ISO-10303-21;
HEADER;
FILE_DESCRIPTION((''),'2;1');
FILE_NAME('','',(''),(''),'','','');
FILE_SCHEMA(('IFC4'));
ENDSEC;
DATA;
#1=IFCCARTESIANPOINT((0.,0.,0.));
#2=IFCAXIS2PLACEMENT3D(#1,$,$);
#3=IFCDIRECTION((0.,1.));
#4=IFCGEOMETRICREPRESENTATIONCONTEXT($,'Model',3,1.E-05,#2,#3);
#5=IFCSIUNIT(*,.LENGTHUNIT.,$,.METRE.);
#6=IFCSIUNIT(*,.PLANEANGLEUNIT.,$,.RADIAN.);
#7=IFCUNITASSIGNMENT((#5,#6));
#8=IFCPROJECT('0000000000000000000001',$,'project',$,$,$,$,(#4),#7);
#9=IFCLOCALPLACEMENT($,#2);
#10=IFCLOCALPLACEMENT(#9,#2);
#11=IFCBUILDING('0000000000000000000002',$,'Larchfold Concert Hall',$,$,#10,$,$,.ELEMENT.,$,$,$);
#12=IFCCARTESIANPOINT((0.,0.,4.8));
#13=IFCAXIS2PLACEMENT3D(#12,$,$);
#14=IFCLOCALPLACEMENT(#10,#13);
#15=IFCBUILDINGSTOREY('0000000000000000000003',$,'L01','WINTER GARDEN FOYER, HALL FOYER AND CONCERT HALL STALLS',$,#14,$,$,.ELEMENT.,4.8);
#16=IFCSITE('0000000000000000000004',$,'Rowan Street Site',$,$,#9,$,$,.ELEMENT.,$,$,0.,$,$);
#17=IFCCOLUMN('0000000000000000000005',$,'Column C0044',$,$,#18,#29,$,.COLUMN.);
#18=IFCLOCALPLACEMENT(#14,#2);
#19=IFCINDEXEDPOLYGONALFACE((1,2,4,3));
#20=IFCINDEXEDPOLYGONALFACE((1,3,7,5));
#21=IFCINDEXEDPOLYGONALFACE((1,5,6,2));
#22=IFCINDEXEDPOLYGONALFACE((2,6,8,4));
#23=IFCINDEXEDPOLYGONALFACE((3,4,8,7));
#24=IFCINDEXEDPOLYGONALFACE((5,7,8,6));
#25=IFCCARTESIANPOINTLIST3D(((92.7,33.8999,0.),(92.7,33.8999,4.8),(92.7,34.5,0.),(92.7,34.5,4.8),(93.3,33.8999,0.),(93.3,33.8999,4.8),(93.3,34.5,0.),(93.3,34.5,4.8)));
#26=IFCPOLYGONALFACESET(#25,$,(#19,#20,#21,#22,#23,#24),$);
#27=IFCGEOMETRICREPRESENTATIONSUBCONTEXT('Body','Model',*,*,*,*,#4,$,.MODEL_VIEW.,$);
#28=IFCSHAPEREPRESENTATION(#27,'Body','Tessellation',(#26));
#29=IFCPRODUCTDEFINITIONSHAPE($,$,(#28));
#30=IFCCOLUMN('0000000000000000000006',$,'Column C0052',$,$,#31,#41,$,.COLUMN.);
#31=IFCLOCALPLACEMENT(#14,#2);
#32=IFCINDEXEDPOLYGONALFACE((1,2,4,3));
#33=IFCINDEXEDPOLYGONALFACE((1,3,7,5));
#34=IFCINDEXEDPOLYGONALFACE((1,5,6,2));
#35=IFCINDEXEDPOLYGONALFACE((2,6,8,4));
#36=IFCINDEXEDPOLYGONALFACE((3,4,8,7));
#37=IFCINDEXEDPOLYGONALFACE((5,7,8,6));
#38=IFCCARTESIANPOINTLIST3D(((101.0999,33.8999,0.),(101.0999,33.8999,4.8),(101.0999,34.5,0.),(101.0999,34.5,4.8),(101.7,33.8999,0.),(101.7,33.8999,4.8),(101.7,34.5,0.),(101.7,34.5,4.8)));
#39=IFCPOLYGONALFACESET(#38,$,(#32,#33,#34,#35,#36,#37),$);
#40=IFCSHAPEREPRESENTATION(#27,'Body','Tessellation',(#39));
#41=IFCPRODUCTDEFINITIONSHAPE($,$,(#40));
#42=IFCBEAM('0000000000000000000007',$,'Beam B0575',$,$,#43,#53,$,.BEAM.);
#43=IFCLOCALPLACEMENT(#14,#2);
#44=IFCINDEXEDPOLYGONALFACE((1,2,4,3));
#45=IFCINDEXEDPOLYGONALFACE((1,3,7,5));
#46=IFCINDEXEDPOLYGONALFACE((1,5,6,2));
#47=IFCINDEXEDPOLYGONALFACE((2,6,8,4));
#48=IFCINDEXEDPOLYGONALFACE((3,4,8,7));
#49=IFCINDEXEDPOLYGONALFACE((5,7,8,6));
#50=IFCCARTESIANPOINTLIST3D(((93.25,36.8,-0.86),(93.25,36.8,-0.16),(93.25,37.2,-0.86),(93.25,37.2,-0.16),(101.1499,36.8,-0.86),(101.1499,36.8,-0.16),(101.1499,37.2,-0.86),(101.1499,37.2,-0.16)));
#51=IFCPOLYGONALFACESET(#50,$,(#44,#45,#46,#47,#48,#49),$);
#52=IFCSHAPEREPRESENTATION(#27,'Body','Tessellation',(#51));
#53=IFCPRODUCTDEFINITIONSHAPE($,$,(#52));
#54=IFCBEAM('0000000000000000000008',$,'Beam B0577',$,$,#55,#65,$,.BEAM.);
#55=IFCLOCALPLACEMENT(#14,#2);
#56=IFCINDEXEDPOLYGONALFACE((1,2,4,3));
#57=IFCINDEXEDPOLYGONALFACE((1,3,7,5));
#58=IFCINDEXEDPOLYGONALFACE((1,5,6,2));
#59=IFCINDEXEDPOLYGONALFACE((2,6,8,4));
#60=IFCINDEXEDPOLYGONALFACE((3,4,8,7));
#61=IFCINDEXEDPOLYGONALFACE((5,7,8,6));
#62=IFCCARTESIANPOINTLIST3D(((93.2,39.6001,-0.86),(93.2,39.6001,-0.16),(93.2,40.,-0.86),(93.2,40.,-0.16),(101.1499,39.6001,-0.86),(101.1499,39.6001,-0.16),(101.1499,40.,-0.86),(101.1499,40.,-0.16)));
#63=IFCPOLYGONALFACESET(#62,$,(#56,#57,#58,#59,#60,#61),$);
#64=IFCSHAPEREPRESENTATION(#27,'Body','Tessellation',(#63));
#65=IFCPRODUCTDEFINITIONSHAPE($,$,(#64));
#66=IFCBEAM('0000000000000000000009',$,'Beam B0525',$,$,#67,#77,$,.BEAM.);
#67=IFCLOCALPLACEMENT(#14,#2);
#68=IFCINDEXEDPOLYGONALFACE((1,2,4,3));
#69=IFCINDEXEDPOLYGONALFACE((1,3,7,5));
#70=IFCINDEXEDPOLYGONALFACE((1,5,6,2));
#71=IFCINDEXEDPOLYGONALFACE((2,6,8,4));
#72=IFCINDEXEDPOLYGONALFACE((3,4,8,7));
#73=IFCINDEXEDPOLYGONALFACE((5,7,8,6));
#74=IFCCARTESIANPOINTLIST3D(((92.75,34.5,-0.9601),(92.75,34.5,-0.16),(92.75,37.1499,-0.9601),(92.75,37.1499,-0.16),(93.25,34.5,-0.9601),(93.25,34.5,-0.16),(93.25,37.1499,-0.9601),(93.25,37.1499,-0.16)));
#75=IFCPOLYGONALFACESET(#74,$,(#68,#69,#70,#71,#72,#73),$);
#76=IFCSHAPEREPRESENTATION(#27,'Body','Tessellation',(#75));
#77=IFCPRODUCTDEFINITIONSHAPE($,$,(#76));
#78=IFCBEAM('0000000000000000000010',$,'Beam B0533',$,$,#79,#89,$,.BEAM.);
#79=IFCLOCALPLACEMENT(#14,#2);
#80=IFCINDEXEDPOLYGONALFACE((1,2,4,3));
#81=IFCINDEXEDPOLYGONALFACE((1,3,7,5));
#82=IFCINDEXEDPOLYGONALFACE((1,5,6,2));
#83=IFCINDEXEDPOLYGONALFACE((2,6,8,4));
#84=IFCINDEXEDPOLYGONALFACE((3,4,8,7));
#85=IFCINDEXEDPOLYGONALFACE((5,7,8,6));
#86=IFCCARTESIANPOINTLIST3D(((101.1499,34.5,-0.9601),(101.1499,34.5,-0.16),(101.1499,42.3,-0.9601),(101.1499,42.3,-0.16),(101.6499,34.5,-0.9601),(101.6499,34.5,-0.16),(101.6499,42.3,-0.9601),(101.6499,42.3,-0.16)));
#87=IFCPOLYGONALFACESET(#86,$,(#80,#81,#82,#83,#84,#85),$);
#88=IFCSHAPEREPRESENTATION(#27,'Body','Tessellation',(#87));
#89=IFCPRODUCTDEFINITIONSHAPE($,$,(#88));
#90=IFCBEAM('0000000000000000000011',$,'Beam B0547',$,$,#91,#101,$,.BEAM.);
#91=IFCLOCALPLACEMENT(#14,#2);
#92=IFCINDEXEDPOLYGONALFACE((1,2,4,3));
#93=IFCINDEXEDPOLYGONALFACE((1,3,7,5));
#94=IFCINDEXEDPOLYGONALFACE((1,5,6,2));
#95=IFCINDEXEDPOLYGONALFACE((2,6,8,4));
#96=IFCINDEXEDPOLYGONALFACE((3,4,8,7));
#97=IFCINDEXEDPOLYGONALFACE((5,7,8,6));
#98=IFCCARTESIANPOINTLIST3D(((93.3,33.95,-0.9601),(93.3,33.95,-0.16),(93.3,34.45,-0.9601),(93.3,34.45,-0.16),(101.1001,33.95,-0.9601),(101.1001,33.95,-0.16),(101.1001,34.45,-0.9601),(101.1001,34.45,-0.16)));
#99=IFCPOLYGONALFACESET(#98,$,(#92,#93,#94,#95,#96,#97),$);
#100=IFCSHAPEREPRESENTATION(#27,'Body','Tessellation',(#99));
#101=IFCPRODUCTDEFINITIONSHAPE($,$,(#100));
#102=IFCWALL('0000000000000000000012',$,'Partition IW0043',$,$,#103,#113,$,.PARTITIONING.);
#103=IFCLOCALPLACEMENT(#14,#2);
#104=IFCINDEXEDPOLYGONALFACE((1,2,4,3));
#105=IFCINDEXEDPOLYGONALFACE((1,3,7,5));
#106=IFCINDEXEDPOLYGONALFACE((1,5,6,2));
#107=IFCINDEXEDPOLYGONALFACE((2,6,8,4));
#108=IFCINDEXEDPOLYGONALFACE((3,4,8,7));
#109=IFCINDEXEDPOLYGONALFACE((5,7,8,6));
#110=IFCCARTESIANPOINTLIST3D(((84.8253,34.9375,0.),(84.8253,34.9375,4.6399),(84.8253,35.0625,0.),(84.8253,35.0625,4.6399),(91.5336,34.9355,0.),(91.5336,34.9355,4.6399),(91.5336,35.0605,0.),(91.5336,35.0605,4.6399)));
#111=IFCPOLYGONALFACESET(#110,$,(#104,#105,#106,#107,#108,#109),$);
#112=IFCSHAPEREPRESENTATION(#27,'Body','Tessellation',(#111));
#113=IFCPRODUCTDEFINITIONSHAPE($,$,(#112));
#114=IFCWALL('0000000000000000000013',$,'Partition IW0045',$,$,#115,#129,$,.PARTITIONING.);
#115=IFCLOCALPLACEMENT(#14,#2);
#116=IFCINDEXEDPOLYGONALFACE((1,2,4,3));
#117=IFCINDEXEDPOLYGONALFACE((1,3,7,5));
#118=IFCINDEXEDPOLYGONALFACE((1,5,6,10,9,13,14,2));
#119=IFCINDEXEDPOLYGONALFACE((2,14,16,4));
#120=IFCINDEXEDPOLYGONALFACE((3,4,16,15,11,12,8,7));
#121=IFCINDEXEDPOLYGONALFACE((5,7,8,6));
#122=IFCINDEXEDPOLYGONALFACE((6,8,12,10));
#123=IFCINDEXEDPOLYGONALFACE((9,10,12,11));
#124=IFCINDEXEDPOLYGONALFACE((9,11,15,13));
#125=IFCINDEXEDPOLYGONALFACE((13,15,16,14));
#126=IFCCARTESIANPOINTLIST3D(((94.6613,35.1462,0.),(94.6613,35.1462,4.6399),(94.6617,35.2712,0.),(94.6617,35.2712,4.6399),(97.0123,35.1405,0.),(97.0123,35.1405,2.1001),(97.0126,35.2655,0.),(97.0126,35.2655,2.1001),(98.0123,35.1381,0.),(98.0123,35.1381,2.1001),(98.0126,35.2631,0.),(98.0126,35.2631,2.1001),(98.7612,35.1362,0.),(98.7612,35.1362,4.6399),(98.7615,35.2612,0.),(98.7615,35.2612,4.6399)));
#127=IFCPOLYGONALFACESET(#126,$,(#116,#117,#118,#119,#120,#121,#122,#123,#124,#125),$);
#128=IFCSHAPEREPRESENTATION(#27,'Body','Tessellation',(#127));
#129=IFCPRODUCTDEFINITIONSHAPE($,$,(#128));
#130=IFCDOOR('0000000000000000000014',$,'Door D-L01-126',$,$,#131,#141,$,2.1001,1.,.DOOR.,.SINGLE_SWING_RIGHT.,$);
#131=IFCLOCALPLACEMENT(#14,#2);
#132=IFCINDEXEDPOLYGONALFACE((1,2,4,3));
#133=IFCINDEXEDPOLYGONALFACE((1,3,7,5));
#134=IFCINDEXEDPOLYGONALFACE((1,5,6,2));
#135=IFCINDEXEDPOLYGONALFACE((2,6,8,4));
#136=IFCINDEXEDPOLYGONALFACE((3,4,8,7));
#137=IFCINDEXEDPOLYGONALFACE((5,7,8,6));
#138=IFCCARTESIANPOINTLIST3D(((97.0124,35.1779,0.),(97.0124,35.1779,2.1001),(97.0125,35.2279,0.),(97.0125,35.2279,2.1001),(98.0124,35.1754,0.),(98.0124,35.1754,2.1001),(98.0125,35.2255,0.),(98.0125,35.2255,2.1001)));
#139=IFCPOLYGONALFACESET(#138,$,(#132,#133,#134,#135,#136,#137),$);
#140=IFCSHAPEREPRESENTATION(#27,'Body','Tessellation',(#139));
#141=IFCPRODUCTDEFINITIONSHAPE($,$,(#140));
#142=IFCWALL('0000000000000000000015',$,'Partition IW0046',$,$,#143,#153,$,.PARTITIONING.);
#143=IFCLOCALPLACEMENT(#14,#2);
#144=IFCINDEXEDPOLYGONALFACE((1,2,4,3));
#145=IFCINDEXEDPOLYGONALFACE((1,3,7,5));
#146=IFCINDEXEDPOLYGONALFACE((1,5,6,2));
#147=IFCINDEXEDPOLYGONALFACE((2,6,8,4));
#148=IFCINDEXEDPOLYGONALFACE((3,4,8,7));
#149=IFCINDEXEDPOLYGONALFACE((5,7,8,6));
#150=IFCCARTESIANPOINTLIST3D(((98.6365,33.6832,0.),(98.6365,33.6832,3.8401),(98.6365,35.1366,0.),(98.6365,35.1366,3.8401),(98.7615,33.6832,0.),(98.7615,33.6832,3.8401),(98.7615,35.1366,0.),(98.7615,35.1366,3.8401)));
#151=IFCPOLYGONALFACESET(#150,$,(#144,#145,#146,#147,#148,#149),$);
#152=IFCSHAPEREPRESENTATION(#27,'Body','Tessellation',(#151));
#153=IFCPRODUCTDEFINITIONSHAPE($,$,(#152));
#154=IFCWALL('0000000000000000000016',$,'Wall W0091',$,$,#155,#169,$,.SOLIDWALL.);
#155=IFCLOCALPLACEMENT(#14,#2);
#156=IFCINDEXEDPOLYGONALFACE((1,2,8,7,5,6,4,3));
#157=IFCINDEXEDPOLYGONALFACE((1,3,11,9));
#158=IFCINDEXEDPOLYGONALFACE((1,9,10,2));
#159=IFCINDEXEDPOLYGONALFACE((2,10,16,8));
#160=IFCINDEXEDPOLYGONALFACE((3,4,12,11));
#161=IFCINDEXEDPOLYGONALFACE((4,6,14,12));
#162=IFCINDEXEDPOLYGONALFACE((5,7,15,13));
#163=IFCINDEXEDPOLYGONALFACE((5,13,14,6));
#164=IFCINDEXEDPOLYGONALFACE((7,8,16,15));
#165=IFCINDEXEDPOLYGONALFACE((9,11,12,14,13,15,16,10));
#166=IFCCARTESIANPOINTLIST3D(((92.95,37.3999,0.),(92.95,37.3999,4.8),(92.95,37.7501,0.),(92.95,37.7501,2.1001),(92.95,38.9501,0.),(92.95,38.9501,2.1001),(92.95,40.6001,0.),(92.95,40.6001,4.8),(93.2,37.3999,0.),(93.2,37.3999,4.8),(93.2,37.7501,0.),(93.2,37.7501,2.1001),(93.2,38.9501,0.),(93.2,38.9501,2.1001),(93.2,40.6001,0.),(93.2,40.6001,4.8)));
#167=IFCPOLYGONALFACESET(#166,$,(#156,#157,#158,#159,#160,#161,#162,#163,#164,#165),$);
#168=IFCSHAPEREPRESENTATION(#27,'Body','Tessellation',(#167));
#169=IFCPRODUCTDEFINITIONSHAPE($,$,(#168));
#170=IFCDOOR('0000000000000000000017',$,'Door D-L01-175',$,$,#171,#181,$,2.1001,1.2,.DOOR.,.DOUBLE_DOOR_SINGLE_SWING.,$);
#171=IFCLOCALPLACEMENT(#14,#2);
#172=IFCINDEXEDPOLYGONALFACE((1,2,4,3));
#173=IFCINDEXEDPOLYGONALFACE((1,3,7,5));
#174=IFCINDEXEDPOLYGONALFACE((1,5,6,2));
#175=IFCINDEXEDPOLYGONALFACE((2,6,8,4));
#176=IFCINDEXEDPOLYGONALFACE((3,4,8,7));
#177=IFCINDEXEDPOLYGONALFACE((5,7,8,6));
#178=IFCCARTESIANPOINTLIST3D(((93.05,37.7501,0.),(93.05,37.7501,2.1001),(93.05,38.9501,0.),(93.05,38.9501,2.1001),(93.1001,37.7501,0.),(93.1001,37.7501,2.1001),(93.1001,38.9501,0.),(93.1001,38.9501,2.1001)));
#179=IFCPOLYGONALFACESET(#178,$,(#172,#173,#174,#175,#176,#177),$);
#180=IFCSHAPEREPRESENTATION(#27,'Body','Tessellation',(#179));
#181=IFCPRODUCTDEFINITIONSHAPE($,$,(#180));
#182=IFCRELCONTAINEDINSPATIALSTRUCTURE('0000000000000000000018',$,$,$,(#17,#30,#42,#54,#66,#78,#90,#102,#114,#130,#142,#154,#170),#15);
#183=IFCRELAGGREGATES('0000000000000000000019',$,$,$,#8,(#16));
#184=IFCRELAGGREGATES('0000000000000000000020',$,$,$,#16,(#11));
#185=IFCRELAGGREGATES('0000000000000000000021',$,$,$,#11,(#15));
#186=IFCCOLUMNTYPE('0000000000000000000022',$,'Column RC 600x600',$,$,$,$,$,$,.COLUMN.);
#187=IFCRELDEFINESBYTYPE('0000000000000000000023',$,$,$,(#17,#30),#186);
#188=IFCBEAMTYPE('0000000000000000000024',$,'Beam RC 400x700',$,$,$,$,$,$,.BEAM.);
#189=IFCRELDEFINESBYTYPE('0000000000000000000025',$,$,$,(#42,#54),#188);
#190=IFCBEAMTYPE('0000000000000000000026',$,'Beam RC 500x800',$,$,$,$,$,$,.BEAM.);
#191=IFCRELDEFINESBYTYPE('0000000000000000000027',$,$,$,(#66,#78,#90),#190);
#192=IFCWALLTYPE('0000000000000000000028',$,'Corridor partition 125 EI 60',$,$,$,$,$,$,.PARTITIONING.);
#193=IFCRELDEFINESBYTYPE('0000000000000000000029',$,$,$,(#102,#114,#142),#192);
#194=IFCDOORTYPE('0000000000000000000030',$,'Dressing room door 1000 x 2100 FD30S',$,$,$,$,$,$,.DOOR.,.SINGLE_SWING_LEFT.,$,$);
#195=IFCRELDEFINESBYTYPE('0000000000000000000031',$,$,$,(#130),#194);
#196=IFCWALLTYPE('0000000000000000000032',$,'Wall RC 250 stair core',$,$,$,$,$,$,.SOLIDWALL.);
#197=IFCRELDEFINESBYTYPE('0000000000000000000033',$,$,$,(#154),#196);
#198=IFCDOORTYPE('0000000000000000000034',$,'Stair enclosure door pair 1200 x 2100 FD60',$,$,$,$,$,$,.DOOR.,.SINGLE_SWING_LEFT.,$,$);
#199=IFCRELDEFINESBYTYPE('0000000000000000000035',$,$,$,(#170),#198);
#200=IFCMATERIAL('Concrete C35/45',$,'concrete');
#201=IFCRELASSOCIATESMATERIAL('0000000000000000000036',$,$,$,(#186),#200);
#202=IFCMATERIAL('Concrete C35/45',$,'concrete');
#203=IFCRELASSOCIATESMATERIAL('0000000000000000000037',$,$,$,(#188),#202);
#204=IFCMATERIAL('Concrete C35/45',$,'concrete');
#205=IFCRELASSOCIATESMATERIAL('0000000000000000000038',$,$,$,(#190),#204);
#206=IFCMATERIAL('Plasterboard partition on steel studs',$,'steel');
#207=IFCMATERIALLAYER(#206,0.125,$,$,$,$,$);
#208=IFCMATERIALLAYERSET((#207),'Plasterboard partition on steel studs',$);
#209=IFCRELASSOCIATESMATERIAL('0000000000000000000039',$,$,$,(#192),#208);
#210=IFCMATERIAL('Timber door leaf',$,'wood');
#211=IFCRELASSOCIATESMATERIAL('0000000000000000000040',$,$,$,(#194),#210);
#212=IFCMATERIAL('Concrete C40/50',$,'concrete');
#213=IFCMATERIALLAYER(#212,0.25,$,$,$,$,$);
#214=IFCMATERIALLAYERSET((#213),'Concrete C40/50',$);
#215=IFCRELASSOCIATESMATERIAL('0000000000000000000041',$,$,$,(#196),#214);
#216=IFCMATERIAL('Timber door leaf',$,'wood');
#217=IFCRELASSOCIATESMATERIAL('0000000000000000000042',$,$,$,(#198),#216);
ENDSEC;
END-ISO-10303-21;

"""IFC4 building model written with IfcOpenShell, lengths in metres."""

from ifc_helpers import new_model, si_unit, direction, frame, frame_2d, origin, origin_2d, place, context, subcontext, project, spatial, rectangle, extrude, material, layer, layer_set, material_profile, profile_set, type_object, element, fill, save


model = new_model("IFC4")

# Units and contexts
model_context = context("Model", 3, precision=1e-05, world=origin(), true_north=direction((0.0, 1.0)))
body_context = subcontext(model_context, "Body", "Model", "MODEL_VIEW")
ifc_project = project(units=[si_unit("LENGTHUNIT", "METRE"), si_unit("PLANEANGLEUNIT", "RADIAN")], contexts=[model_context])

# Site, building, storey
site_placement = place(None, origin())
site = spatial("IfcSite", under=ifc_project, at=site_placement, Name="Rowan Street Site", CompositionType="ELEMENT", RefElevation=0.0)
building_placement = place(site_placement, origin())
building = spatial("IfcBuilding", under=site, at=building_placement, Name="Larchfold Concert Hall", CompositionType="ELEMENT")
storey_placement = place(building_placement, frame((0.0, 0.0, 4.8)))
storey = spatial("IfcBuildingStorey", under=building, at=storey_placement, Name="L01", Description="WINTER GARDEN FOYER, HALL FOYER AND CONCERT HALL STALLS", CompositionType="ELEMENT", Elevation=4.8)

# Columns
ifc_material_1 = material(Name="Concrete C35/45", Category="concrete")
ifc_material_profile_1 = material_profile(ifc_material_1, rectangle(XDim=0.6001, YDim=0.6001, at=origin_2d()))
ifc_profile_set_1 = profile_set([ifc_material_profile_1], Name="Concrete C35/45")
column_type = type_object("IfcColumnType", Name="Column RC 600x600", PredefinedType="COLUMN", material=ifc_profile_set_1)
for number, where, z_axis, x_axis, name in (
    (1, (93.0, 34.2, 0.0), (0.0, 0.0, 1.0), (1.0, 0.0, 0.0), "Column C0044"),
    (2, (101.3999, 34.2, 0.0), (0.0, 0.0, 1.0), (1.0, 0.0, 0.0), "Column C0052"),
):
    element("IfcColumn", number, at=place(storey_placement, frame(where, z_axis=z_axis, x_axis=x_axis)), inside=storey, type_object=column_type, Name=name, PredefinedType="COLUMN", context=body_context, shape_type="SweptSolid", body=[
        extrude(rectangle(XDim=0.6001, YDim=0.6001, at=origin_2d()), origin(), (0.0, 0.0, 1.0), 4.8),
    ])

# Beams
ifc_material_2 = material(Name="Concrete C35/45", Category="concrete")
ifc_material_profile_2 = material_profile(ifc_material_2, rectangle(XDim=0.3999, YDim=0.7, at=origin_2d()))
ifc_profile_set_2 = profile_set([ifc_material_profile_2], Name="Concrete C35/45")
beam_type_1 = type_object("IfcBeamType", Name="Beam RC 400x700", PredefinedType="BEAM", material=ifc_profile_set_2)
beam_1_placement = place(storey_placement, frame((93.25, 37.0, -0.51), z_axis=(1.0, 0.0, 0.0), x_axis=(0.0, 1.0, 0.0)))
element("IfcBeam", 3, at=beam_1_placement, inside=storey, type_object=beam_type_1, Name="Beam B0575", PredefinedType="BEAM", context=body_context, shape_type="SweptSolid", body=[
    extrude(rectangle(XDim=0.3999, YDim=0.7, at=origin_2d()), origin(), (0.0, 0.0, 1.0), 7.8999),
])
beam_2_placement = place(storey_placement, frame((93.2, 39.8, -0.51), z_axis=(1.0, 0.0, 0.0), x_axis=(0.0, 1.0, 0.0)))
element("IfcBeam", 4, at=beam_2_placement, inside=storey, type_object=beam_type_1, Name="Beam B0577", PredefinedType="BEAM", context=body_context, shape_type="SweptSolid", body=[
    extrude(rectangle(XDim=0.3999, YDim=0.7, at=origin_2d()), origin(), (0.0, 0.0, 1.0), 7.95),
])
ifc_material_3 = material(Name="Concrete C35/45", Category="concrete")
ifc_material_profile_3 = material_profile(ifc_material_3, rectangle(XDim=0.5, YDim=0.8, at=origin_2d()))
ifc_profile_set_3 = profile_set([ifc_material_profile_3], Name="Concrete C35/45")
beam_type_2 = type_object("IfcBeamType", Name="Beam RC 500x800", PredefinedType="BEAM", material=ifc_profile_set_3)
beam_3_placement = place(storey_placement, frame((93.0, 34.5, -0.5601), z_axis=(0.0, 1.0, 0.0), x_axis=(-1.0, 0.0, 0.0)))
element("IfcBeam", 5, at=beam_3_placement, inside=storey, type_object=beam_type_2, Name="Beam B0525", PredefinedType="BEAM", context=body_context, shape_type="SweptSolid", body=[
    extrude(rectangle(XDim=0.5, YDim=0.8, at=origin_2d()), origin(), (0.0, 0.0, 1.0), 2.6499),
])
for number, where, z_axis, x_axis, name in (
    (6, (101.3999, 34.5, -0.5601), (0.0, 1.0, 0.0), (-1.0, 0.0, 0.0), "Beam B0533"),
    (7, (93.3, 34.2, -0.5601), (1.0, 0.0, 0.0), (0.0, 1.0, 0.0), "Beam B0547"),
):
    element("IfcBeam", number, at=place(storey_placement, frame(where, z_axis=z_axis, x_axis=x_axis)), inside=storey, type_object=beam_type_2, Name=name, PredefinedType="BEAM", context=body_context, shape_type="SweptSolid", body=[
        extrude(rectangle(XDim=0.5, YDim=0.8, at=origin_2d()), origin(), (0.0, 0.0, 1.0), 7.8),
    ])

# Wall
ifc_material_4 = material(Name="Plasterboard partition on steel studs", Category="steel")
ifc_layer_1 = layer(ifc_material_4, 0.125)
ifc_layer_set_1 = layer_set([ifc_layer_1], Name="Plasterboard partition on steel studs")
wall_type_1 = type_object("IfcWallType", Name="Corridor partition 125 EI 60", PredefinedType="PARTITIONING", material=ifc_layer_set_1)
wall_1_placement = place(storey_placement, frame((91.5334, 34.998, 0.0), z_axis=(0.0, 0.0, 1.0), x_axis=(-1.0, 0.000291, 0.0)))
element("IfcWall", 8, at=wall_1_placement, inside=storey, type_object=wall_type_1, Name="Partition IW0043", PredefinedType="PARTITIONING", context=body_context, shape_type="SweptSolid", body=[
    extrude(rectangle(XDim=6.7083, YDim=0.125, at=frame_2d((3.354, 0.0))), origin(), (0.0, 0.0, 1.0), 4.6399),
])

# Wall, opening, door
wall_2_placement = place(storey_placement, frame((94.6616, 35.2087, 0.0), z_axis=(0.0, 0.0, 1.0), x_axis=(0.999997, -0.002441, 0.0)))
wall_2 = element("IfcWall", 9, at=wall_2_placement, inside=storey, type_object=wall_type_1, Name="Partition IW0045", PredefinedType="PARTITIONING", context=body_context, shape_type="SweptSolid", body=[
    extrude(rectangle(XDim=4.0999, YDim=0.125, at=frame_2d((2.0498, 0.0))), origin(), (0.0, 0.0, 1.0), 4.6399),
])
opening_1_placement = place(wall_2_placement, frame((2.3508, 0.0, 0.0)))
opening_1 = element("IfcOpeningElement", 10, at=opening_1_placement, cuts=wall_2, PredefinedType="OPENING", context=body_context, shape_type="SweptSolid", body=[
    extrude(rectangle(XDim=1.0, YDim=2.1001, at=frame_2d((0.5, 1.05))), frame((0.0, 0.0725, 0.0), z_axis=(0.0, -1.0, 0.0), x_axis=(1.0, 0.0, 0.0)), (0.0, 0.0, 1.0), 0.145),
])
ifc_material_5 = material(Name="Timber door leaf", Category="wood")
door_type_1 = type_object("IfcDoorType", Name="Dressing room door 1000 x 2100 FD30S", OperationType="SINGLE_SWING_LEFT", PredefinedType="DOOR", material=ifc_material_5)
door_1_placement = place(opening_1_placement, origin())
door_1 = element("IfcDoor", 11, at=door_1_placement, inside=storey, type_object=door_type_1, Name="Door D-L01-126", OperationType="SINGLE_SWING_RIGHT", OverallHeight=2.1001, OverallWidth=1.0, PredefinedType="DOOR", context=body_context, shape_type="SweptSolid", body=[
    extrude(rectangle(XDim=1.0, YDim=2.1001, at=frame_2d((0.5, 1.05))), frame((0.0, 0.0249, 0.0), z_axis=(0.0, -1.0, 0.0), x_axis=(1.0, 0.0, 0.0)), (0.0, 0.0, 1.0), 0.05),
])
fill(opening_1, door_1)

# Wall
wall_3_placement = place(storey_placement, frame((98.699, 35.1365, 0.0), z_axis=(0.0, 0.0, 1.0), x_axis=(0.0, -1.0, 0.0)))
element("IfcWall", 12, at=wall_3_placement, inside=storey, type_object=wall_type_1, Name="Partition IW0046", PredefinedType="PARTITIONING", context=body_context, shape_type="SweptSolid", body=[
    extrude(rectangle(XDim=1.4534, YDim=0.125, at=frame_2d((0.7266, 0.0))), origin(), (0.0, 0.0, 1.0), 3.8401),
])

# Wall, opening, door
ifc_material_6 = material(Name="Concrete C40/50", Category="concrete")
ifc_layer_2 = layer(ifc_material_6, 0.25)
ifc_layer_set_2 = layer_set([ifc_layer_2], Name="Concrete C40/50")
wall_type_2 = type_object("IfcWallType", Name="Wall RC 250 stair core", PredefinedType="SOLIDWALL", material=ifc_layer_set_2)
wall_4_placement = place(storey_placement, frame((93.075, 37.3999, 0.0), z_axis=(0.0, 0.0, 1.0), x_axis=(0.0, 1.0, 0.0)))
wall_4 = element("IfcWall", 13, at=wall_4_placement, inside=storey, type_object=wall_type_2, Name="Wall W0091", PredefinedType="SOLIDWALL", context=body_context, shape_type="SweptSolid", body=[
    extrude(rectangle(XDim=3.2002, YDim=0.25, at=frame_2d((1.6001, 0.0))), origin(), (0.0, 0.0, 1.0), 4.8),
])
opening_2_placement = place(wall_4_placement, frame((0.3501, 0.0, 0.0)))
opening_2 = element("IfcOpeningElement", 14, at=opening_2_placement, cuts=wall_4, PredefinedType="OPENING", context=body_context, shape_type="SweptSolid", body=[
    extrude(rectangle(XDim=1.2, YDim=2.1001, at=frame_2d((0.6001, 1.05))), frame((0.0, 0.135, 0.0), z_axis=(0.0, -1.0, 0.0), x_axis=(1.0, 0.0, 0.0)), (0.0, 0.0, 1.0), 0.27),
])
ifc_material_7 = material(Name="Timber door leaf", Category="wood")
door_type_2 = type_object("IfcDoorType", Name="Stair enclosure door pair 1200 x 2100 FD60", OperationType="SINGLE_SWING_LEFT", PredefinedType="DOOR", material=ifc_material_7)
door_2_placement = place(opening_2_placement, origin())
door_2 = element("IfcDoor", 15, at=door_2_placement, inside=storey, type_object=door_type_2, Name="Door D-L01-175", OperationType="DOUBLE_DOOR_SINGLE_SWING", OverallHeight=2.1001, OverallWidth=1.2, PredefinedType="DOOR", context=body_context, shape_type="SweptSolid", body=[
    extrude(rectangle(XDim=1.2, YDim=2.1001, at=frame_2d((0.6001, 1.05))), frame((0.0, 0.0249, 0.0), z_axis=(0.0, -1.0, 0.0), x_axis=(1.0, 0.0, 0.0)), (0.0, 0.0, 1.0), 0.05),
])
fill(opening_2, door_2)

save(model, "model.ifc")
